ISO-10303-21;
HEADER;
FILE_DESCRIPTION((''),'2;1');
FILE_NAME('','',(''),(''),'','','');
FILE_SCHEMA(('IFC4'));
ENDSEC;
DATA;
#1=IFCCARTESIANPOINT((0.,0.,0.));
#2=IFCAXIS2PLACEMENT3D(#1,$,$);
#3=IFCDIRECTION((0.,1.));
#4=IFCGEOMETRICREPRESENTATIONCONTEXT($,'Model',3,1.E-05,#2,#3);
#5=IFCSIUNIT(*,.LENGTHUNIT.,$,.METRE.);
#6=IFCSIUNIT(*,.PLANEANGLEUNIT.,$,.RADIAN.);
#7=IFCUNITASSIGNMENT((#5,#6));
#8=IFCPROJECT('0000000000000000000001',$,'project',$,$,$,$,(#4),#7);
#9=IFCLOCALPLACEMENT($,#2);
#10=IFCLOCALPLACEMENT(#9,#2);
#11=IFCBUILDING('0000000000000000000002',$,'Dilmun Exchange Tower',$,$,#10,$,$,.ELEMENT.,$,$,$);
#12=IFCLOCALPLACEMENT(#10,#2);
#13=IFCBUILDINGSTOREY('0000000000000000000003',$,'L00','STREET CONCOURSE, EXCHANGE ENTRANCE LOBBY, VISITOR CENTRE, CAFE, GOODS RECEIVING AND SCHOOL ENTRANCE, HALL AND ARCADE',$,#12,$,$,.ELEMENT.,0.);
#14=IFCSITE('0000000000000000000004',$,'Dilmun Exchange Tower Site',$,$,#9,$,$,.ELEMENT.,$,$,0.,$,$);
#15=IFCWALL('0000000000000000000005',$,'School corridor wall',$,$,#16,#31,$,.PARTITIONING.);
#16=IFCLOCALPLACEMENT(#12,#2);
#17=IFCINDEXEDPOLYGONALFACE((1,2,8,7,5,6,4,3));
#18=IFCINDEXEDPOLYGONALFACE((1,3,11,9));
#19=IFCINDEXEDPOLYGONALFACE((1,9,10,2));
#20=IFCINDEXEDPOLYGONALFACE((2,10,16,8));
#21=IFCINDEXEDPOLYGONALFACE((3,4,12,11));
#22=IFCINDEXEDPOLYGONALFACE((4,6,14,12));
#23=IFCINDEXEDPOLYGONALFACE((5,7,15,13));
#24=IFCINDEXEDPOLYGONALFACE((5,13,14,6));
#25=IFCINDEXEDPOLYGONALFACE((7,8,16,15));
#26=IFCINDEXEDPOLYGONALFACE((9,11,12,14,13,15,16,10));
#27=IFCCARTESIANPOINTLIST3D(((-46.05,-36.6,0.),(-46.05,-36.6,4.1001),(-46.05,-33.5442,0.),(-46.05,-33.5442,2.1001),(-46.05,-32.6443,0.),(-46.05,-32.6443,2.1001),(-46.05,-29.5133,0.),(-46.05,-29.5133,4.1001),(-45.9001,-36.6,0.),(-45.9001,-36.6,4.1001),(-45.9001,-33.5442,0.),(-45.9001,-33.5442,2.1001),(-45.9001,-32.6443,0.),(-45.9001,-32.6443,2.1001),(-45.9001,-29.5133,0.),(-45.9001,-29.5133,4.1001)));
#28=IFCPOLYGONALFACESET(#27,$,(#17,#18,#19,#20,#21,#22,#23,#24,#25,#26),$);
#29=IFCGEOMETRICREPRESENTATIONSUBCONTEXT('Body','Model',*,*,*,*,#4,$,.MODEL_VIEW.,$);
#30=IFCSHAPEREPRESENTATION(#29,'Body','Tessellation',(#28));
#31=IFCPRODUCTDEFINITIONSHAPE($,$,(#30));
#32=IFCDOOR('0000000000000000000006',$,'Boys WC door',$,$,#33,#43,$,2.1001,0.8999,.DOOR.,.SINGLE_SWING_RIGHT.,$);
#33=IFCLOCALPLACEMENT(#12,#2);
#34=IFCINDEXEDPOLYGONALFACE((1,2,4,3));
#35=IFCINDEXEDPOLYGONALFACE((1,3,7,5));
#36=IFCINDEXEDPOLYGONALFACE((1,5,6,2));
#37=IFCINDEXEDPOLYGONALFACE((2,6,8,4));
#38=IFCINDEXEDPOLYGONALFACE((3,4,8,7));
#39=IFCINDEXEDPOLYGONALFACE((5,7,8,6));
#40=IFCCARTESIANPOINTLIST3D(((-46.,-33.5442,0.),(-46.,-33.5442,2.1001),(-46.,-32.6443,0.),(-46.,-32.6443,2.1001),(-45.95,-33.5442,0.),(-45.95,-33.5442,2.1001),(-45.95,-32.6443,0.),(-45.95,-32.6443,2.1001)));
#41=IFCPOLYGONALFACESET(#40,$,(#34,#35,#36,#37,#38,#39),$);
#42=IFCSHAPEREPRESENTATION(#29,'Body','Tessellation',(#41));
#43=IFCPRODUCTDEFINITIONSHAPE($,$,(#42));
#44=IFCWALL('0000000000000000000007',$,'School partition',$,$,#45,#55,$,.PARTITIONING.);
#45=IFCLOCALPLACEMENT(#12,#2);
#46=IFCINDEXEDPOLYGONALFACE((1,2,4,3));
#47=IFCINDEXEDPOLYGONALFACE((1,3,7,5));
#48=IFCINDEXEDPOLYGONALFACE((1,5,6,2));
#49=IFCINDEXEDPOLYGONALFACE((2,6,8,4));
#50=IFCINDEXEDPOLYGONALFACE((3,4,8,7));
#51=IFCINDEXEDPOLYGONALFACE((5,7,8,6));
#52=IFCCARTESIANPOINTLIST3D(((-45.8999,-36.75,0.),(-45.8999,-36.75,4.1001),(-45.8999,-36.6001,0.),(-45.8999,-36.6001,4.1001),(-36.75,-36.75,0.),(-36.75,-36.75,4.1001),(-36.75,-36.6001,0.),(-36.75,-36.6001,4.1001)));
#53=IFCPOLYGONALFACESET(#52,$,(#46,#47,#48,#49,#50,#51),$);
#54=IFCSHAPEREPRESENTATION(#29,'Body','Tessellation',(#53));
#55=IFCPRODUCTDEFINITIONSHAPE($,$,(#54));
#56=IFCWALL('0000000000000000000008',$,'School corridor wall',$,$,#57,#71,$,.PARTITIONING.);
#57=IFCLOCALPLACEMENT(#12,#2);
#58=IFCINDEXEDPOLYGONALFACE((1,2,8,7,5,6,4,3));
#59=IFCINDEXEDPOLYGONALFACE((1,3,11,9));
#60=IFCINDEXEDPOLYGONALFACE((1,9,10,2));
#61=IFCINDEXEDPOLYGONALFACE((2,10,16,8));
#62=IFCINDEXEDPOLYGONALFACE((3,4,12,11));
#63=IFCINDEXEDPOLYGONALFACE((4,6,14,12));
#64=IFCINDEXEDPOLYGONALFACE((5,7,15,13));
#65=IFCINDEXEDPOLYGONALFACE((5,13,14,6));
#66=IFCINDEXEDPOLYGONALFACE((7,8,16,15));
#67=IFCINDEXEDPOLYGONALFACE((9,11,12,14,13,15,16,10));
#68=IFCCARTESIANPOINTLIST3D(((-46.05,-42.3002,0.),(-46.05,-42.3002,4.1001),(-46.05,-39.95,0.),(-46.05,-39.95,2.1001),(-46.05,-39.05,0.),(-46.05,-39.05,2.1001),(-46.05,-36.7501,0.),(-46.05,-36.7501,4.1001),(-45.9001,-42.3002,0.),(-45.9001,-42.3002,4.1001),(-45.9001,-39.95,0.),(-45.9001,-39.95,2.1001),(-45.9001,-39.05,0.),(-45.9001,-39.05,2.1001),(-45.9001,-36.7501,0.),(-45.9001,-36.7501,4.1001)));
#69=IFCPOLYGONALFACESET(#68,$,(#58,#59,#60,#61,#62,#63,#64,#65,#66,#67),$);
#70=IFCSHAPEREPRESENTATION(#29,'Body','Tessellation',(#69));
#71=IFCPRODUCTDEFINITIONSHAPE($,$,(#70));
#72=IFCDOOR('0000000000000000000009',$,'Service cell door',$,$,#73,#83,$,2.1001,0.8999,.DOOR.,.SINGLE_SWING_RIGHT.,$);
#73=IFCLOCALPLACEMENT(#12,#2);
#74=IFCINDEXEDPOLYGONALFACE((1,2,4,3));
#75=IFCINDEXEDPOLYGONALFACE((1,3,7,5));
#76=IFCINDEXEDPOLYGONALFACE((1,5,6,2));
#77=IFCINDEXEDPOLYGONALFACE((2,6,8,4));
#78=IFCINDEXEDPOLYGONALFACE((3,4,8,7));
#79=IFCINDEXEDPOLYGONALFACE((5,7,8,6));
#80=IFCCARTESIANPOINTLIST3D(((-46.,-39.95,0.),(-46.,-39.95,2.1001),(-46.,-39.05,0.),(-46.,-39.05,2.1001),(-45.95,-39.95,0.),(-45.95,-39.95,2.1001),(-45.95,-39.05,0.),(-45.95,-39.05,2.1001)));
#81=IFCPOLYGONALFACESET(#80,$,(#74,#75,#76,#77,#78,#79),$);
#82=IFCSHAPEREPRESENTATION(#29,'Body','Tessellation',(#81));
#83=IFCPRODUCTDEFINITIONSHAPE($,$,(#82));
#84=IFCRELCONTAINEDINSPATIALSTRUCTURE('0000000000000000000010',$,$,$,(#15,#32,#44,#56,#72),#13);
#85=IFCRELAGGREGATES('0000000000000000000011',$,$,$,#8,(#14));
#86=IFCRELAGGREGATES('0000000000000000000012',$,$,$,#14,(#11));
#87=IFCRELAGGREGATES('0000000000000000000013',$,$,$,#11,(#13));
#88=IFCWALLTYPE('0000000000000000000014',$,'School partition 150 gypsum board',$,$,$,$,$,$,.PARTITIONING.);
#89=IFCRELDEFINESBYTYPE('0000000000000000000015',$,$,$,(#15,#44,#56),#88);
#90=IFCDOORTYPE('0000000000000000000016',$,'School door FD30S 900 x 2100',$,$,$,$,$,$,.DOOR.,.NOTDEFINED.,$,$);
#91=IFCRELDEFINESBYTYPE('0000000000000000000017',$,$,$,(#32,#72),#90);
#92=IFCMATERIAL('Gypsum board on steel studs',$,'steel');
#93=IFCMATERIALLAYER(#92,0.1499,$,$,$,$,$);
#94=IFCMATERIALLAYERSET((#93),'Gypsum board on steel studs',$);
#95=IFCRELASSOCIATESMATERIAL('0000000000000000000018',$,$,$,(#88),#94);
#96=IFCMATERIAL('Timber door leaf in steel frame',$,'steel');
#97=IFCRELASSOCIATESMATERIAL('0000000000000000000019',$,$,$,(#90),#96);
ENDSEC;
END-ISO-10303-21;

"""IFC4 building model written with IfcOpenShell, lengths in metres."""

from ifc_helpers import new_model, si_unit, direction, frame, frame_2d, origin, place, context, subcontext, project, spatial, rectangle, extrude, material, layer, layer_set, type_object, element, fill, save


model = new_model("IFC4")

# Units and contexts
model_context = context("Model", 3, precision=1e-05, world=origin(), true_north=direction((0.0, 1.0)))
body_context = subcontext(model_context, "Body", "Model", "MODEL_VIEW")
ifc_project = project(units=[si_unit("LENGTHUNIT", "METRE"), si_unit("PLANEANGLEUNIT", "RADIAN")], contexts=[model_context])

# Site, building, storey
site_placement = place(None, origin())
site = spatial("IfcSite", under=ifc_project, at=site_placement, Name="Dilmun Exchange Tower Site", CompositionType="ELEMENT", RefElevation=0.0)
building_placement = place(site_placement, origin())
building = spatial("IfcBuilding", under=site, at=building_placement, Name="Dilmun Exchange Tower", CompositionType="ELEMENT")
storey_placement = place(building_placement, origin())
storey = spatial("IfcBuildingStorey", under=building, at=storey_placement, Name="L00", Description="STREET CONCOURSE, EXCHANGE ENTRANCE LOBBY, VISITOR CENTRE, CAFE, GOODS RECEIVING AND SCHOOL ENTRANCE, HALL AND ARCADE", CompositionType="ELEMENT", Elevation=0.0)

# Shared definitions
ifc_material_1 = material(Name="Gypsum board on steel studs", Category="steel")
ifc_layer_1 = layer(ifc_material_1, 0.1499)
ifc_layer_set_1 = layer_set([ifc_layer_1], Name="Gypsum board on steel studs")
wall_type_1 = type_object("IfcWallType", Name="School partition 150 gypsum board", PredefinedType="PARTITIONING", material=ifc_layer_set_1)

# Wall, opening, door
ifc_material_2 = material(Name="Timber door leaf in steel frame", Category="steel")
wall_1_placement = place(storey_placement, frame((-45.9751, -36.6001, 0.0), z_axis=(0.0, 0.0, 1.0), x_axis=(0.0, 1.0, 0.0)))
wall_1 = element("IfcWall", 1, at=wall_1_placement, inside=storey, type_object=wall_type_1, Name="School corridor wall", PredefinedType="PARTITIONING", context=body_context, shape_type="SweptSolid", body=[
    extrude(rectangle(XDim=7.0867, YDim=0.1499, at=frame_2d((3.5435, 0.0))), origin(), (0.0, 0.0, 1.0), 4.1001),
])
opening_1_placement = place(wall_1_placement, frame((3.0559, 0.0, 0.0)))
opening_1 = element("IfcOpeningElement", 2, at=opening_1_placement, cuts=wall_1, PredefinedType="OPENING", context=body_context, shape_type="SweptSolid", body=[
    extrude(rectangle(XDim=0.8999, YDim=2.1001, at=frame_2d((0.45, 1.05))), frame((0.0, 0.085, 0.0), z_axis=(0.0, -1.0, 0.0), x_axis=(1.0, 0.0, 0.0)), (0.0, 0.0, 1.0), 0.1699),
])
door_type_1 = type_object("IfcDoorType", Name="School door FD30S 900 x 2100", OperationType="NOTDEFINED", PredefinedType="DOOR", material=ifc_material_2)
door_1_placement = place(opening_1_placement, origin())
door_1 = element("IfcDoor", 3, at=door_1_placement, inside=storey, type_object=door_type_1, Name="Boys WC door", OperationType="SINGLE_SWING_RIGHT", OverallHeight=2.1001, OverallWidth=0.8999, PredefinedType="DOOR", context=body_context, shape_type="SweptSolid", body=[
    extrude(rectangle(XDim=0.8999, YDim=2.1001, at=frame_2d((0.45, 1.05))), frame((0.0, 0.0249, 0.0), z_axis=(0.0, -1.0, 0.0), x_axis=(1.0, 0.0, 0.0)), (0.0, 0.0, 1.0), 0.05),
])
fill(opening_1, door_1)

# Wall
wall_2_placement = place(storey_placement, frame((-45.8999, -36.675, 0.0), z_axis=(0.0, 0.0, 1.0), x_axis=(1.0, 0.0, 0.0)))
element("IfcWall", 4, at=wall_2_placement, inside=storey, type_object=wall_type_1, Name="School partition", PredefinedType="PARTITIONING", context=body_context, shape_type="SweptSolid", body=[
    extrude(rectangle(XDim=9.1499, YDim=0.1499, at=frame_2d((4.575, 0.0))), origin(), (0.0, 0.0, 1.0), 4.1001),
])

# Wall, opening, door
wall_3_placement = place(storey_placement, frame((-45.9751, -42.3, 0.0), z_axis=(0.0, 0.0, 1.0), x_axis=(0.0, 1.0, 0.0)))
wall_3 = element("IfcWall", 5, at=wall_3_placement, inside=storey, type_object=wall_type_1, Name="School corridor wall", PredefinedType="PARTITIONING", context=body_context, shape_type="SweptSolid", body=[
    extrude(rectangle(XDim=5.55, YDim=0.1499, at=frame_2d((2.7749, 0.0))), origin(), (0.0, 0.0, 1.0), 4.1001),
])
opening_2_placement = place(wall_3_placement, frame((2.3501, 0.0, 0.0)))
opening_2 = element("IfcOpeningElement", 6, at=opening_2_placement, cuts=wall_3, PredefinedType="OPENING", context=body_context, shape_type="SweptSolid", body=[
    extrude(rectangle(XDim=0.8999, YDim=2.1001, at=frame_2d((0.45, 1.05))), frame((0.0, 0.085, 0.0), z_axis=(0.0, -1.0, 0.0), x_axis=(1.0, 0.0, 0.0)), (0.0, 0.0, 1.0), 0.1699),
])
door_2_placement = place(opening_2_placement, origin())
door_2 = element("IfcDoor", 7, at=door_2_placement, inside=storey, type_object=door_type_1, Name="Service cell door", OperationType="SINGLE_SWING_RIGHT", OverallHeight=2.1001, OverallWidth=0.8999, PredefinedType="DOOR", context=body_context, shape_type="SweptSolid", body=[
    extrude(rectangle(XDim=0.8999, YDim=2.1001, at=frame_2d((0.45, 1.05))), frame((0.0, 0.0249, 0.0), z_axis=(0.0, -1.0, 0.0), x_axis=(1.0, 0.0, 0.0)), (0.0, 0.0, 1.0), 0.05),
])
fill(opening_2, door_2)

save(model, "model.ifc")
